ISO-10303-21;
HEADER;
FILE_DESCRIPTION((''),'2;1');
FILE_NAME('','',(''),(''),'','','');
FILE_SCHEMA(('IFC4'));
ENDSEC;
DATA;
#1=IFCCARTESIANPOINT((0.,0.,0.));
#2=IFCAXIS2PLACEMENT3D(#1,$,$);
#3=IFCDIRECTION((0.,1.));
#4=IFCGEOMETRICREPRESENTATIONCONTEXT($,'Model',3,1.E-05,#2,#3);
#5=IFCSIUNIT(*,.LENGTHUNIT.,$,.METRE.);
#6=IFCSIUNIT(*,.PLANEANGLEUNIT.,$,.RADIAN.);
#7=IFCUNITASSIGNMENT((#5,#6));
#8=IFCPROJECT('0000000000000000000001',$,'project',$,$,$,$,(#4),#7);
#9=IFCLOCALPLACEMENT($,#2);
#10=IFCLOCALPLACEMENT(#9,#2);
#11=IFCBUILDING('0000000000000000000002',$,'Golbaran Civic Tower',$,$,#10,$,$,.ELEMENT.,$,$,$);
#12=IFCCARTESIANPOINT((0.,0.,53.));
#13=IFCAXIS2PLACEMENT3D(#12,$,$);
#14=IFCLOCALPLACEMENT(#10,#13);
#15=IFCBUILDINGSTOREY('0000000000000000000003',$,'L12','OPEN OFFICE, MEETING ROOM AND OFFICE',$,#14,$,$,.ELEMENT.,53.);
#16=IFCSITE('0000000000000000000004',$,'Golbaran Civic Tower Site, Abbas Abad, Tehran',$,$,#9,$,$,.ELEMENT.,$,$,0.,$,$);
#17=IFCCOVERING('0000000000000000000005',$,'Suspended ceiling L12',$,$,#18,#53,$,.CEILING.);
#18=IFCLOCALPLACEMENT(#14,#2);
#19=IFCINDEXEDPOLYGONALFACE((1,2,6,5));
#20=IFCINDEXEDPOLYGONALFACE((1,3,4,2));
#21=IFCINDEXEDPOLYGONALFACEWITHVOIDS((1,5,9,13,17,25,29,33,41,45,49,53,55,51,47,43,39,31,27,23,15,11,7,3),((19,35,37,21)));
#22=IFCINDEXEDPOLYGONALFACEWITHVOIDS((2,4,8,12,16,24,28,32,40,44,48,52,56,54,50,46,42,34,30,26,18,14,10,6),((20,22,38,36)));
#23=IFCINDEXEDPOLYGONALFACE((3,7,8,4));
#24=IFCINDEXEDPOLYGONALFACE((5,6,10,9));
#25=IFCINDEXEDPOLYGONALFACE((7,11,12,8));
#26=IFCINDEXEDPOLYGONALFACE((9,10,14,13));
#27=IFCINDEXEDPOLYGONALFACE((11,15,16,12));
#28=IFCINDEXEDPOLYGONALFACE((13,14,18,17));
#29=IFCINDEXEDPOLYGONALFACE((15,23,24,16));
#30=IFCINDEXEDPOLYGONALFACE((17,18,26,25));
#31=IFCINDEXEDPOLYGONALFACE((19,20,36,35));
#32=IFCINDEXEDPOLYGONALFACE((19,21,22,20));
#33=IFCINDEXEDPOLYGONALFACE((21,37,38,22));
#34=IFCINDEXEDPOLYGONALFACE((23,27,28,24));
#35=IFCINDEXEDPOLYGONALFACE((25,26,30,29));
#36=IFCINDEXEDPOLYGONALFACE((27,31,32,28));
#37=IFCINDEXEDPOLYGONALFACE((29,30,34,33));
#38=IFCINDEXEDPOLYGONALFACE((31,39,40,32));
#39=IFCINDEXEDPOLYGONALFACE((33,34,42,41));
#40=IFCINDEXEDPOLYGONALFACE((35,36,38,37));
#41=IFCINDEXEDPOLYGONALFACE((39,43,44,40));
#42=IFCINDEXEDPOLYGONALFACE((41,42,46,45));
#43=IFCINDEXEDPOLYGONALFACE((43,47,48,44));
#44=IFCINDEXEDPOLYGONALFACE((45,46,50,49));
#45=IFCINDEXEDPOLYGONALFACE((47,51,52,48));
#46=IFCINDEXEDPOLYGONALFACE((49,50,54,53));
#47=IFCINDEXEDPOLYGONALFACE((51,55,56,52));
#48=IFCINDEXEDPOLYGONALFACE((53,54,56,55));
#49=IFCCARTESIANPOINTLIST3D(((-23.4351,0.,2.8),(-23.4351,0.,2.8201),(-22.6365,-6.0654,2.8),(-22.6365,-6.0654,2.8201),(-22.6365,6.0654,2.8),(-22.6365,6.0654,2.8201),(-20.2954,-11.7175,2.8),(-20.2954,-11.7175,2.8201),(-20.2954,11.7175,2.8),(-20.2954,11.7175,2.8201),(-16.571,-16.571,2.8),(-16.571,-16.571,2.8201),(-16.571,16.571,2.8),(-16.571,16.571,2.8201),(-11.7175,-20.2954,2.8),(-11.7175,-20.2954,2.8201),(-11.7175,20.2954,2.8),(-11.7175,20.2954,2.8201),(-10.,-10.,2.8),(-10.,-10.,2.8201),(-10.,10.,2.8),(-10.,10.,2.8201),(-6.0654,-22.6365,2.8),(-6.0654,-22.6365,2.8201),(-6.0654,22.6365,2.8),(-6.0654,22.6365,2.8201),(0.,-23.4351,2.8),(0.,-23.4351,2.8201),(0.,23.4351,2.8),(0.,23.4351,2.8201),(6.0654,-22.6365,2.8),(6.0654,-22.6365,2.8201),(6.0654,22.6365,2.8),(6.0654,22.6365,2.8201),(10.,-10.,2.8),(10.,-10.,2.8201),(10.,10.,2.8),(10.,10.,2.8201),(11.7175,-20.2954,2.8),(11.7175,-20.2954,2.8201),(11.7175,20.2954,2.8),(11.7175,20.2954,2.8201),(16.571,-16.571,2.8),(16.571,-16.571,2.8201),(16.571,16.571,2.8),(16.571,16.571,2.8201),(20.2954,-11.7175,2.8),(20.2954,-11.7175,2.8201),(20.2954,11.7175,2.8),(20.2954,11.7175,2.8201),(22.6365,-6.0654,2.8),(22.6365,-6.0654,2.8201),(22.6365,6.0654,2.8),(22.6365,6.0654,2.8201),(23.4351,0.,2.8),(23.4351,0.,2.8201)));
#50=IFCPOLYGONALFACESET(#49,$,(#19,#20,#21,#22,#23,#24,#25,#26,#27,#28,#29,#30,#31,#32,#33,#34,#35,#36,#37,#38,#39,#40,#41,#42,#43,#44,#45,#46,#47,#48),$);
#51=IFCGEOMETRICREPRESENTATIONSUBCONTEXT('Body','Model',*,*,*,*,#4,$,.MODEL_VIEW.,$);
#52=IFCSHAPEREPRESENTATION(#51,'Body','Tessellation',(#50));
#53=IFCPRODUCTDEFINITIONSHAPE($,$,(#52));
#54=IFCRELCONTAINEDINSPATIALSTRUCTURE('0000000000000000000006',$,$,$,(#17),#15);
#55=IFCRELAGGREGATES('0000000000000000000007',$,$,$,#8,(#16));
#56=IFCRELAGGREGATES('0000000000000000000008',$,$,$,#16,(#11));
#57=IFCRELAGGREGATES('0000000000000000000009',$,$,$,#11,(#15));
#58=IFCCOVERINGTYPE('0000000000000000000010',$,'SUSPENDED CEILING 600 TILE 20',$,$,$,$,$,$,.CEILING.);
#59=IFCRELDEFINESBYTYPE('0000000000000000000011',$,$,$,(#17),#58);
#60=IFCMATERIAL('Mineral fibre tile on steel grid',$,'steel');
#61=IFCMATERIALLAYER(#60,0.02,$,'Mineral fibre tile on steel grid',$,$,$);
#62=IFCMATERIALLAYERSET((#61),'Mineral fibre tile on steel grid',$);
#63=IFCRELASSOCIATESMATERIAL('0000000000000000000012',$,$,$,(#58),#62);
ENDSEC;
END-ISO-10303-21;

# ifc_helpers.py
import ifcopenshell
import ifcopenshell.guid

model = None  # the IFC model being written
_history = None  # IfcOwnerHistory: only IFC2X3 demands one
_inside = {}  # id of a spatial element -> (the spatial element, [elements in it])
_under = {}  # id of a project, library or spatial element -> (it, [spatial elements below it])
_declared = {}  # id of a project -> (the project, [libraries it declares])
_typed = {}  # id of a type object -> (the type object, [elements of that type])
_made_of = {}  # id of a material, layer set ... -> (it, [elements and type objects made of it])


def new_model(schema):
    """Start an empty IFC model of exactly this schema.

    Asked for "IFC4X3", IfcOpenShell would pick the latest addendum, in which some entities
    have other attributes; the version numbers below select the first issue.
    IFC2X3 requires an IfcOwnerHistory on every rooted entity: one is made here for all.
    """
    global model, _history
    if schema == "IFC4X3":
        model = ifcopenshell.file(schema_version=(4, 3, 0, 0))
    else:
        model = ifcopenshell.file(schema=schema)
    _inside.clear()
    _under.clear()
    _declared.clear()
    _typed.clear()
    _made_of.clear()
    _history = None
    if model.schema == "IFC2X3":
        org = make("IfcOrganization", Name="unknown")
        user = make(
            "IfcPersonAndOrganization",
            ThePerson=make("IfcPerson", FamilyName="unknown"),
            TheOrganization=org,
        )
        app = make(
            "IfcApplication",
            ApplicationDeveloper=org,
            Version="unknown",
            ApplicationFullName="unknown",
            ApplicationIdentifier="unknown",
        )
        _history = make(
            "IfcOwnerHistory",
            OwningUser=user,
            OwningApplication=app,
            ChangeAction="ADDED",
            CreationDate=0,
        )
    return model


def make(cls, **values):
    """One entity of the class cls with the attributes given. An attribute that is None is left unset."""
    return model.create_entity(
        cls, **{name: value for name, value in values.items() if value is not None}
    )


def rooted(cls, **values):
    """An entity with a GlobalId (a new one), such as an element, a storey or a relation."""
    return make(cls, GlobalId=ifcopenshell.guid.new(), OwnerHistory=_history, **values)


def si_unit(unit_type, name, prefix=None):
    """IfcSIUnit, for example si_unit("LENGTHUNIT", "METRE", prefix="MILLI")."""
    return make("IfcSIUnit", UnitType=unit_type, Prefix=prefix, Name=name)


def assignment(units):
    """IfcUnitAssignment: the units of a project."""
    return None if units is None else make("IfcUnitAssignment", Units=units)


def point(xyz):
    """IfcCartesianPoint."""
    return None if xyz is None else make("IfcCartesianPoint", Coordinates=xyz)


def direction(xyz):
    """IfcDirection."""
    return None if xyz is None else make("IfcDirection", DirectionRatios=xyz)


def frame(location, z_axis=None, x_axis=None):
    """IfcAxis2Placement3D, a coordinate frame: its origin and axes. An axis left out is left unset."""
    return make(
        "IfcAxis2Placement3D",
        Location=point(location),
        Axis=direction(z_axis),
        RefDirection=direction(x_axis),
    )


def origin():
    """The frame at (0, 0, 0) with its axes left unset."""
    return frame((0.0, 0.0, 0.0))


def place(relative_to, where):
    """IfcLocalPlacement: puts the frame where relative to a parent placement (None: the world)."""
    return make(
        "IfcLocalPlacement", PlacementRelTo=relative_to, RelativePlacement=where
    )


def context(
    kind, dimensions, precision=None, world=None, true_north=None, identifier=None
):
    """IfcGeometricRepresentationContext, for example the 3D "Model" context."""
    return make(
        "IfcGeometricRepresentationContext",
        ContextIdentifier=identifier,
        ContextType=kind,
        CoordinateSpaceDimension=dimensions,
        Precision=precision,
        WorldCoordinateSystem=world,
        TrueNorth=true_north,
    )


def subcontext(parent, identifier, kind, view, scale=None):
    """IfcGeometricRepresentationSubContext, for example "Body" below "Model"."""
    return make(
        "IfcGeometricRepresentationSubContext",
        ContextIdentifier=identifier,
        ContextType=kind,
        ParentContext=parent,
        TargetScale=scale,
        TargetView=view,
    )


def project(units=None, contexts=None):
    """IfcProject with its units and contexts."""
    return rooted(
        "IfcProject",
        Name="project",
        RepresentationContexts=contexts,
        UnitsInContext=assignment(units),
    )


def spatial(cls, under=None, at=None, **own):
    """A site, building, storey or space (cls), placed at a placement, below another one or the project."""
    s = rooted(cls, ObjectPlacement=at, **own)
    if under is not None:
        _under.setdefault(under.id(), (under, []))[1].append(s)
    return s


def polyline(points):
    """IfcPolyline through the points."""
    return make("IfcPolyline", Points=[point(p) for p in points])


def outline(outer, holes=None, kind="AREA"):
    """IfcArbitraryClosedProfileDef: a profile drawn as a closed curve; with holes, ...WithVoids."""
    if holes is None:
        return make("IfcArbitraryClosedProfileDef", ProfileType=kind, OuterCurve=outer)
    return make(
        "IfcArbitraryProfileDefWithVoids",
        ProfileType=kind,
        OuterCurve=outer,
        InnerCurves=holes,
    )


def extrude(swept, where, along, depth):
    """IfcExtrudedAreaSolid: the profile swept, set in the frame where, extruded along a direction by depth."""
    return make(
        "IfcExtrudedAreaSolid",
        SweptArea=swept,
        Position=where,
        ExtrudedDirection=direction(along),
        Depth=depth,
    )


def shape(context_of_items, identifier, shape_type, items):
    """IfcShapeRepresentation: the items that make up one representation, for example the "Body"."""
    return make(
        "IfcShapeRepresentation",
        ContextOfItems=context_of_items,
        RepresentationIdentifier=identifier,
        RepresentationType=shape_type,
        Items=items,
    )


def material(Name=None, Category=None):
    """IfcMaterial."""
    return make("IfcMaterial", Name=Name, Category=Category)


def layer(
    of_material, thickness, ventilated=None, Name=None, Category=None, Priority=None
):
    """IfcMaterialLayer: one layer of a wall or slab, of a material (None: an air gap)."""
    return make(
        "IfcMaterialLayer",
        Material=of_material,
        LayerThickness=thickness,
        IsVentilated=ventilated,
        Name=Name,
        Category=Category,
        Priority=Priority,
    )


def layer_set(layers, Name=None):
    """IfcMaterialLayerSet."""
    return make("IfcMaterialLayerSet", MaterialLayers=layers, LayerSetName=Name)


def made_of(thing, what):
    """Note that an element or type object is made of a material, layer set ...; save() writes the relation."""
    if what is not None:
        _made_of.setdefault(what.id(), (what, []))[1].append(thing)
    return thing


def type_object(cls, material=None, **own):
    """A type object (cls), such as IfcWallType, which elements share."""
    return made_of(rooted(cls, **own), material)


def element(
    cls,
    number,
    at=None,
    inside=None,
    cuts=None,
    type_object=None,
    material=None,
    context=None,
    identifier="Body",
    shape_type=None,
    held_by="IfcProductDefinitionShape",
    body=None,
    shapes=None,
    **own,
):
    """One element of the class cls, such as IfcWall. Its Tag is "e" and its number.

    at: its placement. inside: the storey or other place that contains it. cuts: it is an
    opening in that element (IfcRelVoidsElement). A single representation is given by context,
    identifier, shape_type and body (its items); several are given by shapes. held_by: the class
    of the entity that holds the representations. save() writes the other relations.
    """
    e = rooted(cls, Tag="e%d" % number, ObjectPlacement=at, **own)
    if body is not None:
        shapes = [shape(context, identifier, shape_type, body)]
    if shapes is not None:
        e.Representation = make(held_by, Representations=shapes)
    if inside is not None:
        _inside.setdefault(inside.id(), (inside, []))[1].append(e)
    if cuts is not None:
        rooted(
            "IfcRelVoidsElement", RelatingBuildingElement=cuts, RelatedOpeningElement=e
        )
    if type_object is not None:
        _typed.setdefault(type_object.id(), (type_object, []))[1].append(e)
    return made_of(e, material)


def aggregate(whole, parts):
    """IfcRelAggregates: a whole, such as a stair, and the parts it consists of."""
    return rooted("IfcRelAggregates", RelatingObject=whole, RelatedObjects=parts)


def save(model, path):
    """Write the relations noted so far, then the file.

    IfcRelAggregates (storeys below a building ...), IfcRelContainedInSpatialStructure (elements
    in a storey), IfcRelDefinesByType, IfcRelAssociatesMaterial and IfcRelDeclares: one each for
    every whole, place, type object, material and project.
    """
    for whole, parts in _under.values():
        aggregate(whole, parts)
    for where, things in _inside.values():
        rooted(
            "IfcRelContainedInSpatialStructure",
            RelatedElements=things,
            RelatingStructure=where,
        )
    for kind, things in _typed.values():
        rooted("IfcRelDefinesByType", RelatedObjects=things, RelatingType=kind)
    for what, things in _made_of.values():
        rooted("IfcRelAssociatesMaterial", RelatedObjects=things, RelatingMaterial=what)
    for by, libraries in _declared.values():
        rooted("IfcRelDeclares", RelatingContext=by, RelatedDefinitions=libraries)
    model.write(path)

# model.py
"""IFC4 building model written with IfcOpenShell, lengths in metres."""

from ifc_helpers import new_model, si_unit, direction, frame, origin, place, context, subcontext, project, spatial, polyline, outline, extrude, material, layer, layer_set, type_object, element, save


model = new_model("IFC4")

# Units and contexts
model_context = context("Model", 3, precision=1e-05, world=origin(), true_north=direction((0.0, 1.0)))
body_context = subcontext(model_context, "Body", "Model", "MODEL_VIEW")
ifc_project = project(units=[si_unit("LENGTHUNIT", "METRE"), si_unit("PLANEANGLEUNIT", "RADIAN")], contexts=[model_context])

# Site, building, storey
site_placement = place(None, origin())
site = spatial("IfcSite", under=ifc_project, at=site_placement, Name="Golbaran Civic Tower Site, Abbas Abad, Tehran", CompositionType="ELEMENT", RefElevation=0.0)
building_placement = place(site_placement, origin())
building = spatial("IfcBuilding", under=site, at=building_placement, Name="Golbaran Civic Tower", CompositionType="ELEMENT")
storey_placement = place(building_placement, frame((0.0, 0.0, 53.0)))
storey = spatial("IfcBuildingStorey", under=building, at=storey_placement, Name="L12", Description="OPEN OFFICE, MEETING ROOM AND OFFICE", CompositionType="ELEMENT", Elevation=53.0)

# Covering
ifc_material_1 = material(Name="Mineral fibre tile on steel grid", Category="steel")
ifc_layer_1 = layer(ifc_material_1, 0.02, Name="Mineral fibre tile on steel grid")
ifc_layer_set_1 = layer_set([ifc_layer_1], Name="Mineral fibre tile on steel grid")
covering_type = type_object("IfcCoveringType", Name="SUSPENDED CEILING 600 TILE 20", PredefinedType="CEILING", material=ifc_layer_set_1)
covering_placement = place(storey_placement, frame((0.0, 0.0, 2.8)))
element("IfcCovering", 1, at=covering_placement, inside=storey, type_object=covering_type, Name="Suspended ceiling L12", PredefinedType="CEILING", context=body_context, shape_type="SweptSolid", body=[
    extrude(outline(polyline([(-20.2954, 11.7175), (-16.571, 16.571), (-11.7175, 20.2954), (-6.0654, 22.6365), (0.0, 23.4351), (6.0654, 22.6365), (11.7175, 20.2954), (16.571, 16.571), (20.2954, 11.7175), (22.6365, 6.0654), (23.4351, 0.0), (22.6365, -6.0654), (20.2954, -11.7175), (16.571, -16.571), (11.7175, -20.2954), (6.0654, -22.6365), (0.0, -23.4351), (-6.0654, -22.6365), (-11.7175, -20.2954), (-16.571, -16.571), (-20.2954, -11.7175), (-22.6365, -6.0654), (-23.4351, 0.0), (-22.6365, 6.0654), (-20.2954, 11.7175)]), holes=[polyline([(10.0, 10.0), (-10.0, 10.0), (-10.0, -10.0), (10.0, -10.0), (10.0, 10.0)])]), origin(), (0.0, 0.0, 1.0), 0.02),
])

save(model, "model.ifc")
